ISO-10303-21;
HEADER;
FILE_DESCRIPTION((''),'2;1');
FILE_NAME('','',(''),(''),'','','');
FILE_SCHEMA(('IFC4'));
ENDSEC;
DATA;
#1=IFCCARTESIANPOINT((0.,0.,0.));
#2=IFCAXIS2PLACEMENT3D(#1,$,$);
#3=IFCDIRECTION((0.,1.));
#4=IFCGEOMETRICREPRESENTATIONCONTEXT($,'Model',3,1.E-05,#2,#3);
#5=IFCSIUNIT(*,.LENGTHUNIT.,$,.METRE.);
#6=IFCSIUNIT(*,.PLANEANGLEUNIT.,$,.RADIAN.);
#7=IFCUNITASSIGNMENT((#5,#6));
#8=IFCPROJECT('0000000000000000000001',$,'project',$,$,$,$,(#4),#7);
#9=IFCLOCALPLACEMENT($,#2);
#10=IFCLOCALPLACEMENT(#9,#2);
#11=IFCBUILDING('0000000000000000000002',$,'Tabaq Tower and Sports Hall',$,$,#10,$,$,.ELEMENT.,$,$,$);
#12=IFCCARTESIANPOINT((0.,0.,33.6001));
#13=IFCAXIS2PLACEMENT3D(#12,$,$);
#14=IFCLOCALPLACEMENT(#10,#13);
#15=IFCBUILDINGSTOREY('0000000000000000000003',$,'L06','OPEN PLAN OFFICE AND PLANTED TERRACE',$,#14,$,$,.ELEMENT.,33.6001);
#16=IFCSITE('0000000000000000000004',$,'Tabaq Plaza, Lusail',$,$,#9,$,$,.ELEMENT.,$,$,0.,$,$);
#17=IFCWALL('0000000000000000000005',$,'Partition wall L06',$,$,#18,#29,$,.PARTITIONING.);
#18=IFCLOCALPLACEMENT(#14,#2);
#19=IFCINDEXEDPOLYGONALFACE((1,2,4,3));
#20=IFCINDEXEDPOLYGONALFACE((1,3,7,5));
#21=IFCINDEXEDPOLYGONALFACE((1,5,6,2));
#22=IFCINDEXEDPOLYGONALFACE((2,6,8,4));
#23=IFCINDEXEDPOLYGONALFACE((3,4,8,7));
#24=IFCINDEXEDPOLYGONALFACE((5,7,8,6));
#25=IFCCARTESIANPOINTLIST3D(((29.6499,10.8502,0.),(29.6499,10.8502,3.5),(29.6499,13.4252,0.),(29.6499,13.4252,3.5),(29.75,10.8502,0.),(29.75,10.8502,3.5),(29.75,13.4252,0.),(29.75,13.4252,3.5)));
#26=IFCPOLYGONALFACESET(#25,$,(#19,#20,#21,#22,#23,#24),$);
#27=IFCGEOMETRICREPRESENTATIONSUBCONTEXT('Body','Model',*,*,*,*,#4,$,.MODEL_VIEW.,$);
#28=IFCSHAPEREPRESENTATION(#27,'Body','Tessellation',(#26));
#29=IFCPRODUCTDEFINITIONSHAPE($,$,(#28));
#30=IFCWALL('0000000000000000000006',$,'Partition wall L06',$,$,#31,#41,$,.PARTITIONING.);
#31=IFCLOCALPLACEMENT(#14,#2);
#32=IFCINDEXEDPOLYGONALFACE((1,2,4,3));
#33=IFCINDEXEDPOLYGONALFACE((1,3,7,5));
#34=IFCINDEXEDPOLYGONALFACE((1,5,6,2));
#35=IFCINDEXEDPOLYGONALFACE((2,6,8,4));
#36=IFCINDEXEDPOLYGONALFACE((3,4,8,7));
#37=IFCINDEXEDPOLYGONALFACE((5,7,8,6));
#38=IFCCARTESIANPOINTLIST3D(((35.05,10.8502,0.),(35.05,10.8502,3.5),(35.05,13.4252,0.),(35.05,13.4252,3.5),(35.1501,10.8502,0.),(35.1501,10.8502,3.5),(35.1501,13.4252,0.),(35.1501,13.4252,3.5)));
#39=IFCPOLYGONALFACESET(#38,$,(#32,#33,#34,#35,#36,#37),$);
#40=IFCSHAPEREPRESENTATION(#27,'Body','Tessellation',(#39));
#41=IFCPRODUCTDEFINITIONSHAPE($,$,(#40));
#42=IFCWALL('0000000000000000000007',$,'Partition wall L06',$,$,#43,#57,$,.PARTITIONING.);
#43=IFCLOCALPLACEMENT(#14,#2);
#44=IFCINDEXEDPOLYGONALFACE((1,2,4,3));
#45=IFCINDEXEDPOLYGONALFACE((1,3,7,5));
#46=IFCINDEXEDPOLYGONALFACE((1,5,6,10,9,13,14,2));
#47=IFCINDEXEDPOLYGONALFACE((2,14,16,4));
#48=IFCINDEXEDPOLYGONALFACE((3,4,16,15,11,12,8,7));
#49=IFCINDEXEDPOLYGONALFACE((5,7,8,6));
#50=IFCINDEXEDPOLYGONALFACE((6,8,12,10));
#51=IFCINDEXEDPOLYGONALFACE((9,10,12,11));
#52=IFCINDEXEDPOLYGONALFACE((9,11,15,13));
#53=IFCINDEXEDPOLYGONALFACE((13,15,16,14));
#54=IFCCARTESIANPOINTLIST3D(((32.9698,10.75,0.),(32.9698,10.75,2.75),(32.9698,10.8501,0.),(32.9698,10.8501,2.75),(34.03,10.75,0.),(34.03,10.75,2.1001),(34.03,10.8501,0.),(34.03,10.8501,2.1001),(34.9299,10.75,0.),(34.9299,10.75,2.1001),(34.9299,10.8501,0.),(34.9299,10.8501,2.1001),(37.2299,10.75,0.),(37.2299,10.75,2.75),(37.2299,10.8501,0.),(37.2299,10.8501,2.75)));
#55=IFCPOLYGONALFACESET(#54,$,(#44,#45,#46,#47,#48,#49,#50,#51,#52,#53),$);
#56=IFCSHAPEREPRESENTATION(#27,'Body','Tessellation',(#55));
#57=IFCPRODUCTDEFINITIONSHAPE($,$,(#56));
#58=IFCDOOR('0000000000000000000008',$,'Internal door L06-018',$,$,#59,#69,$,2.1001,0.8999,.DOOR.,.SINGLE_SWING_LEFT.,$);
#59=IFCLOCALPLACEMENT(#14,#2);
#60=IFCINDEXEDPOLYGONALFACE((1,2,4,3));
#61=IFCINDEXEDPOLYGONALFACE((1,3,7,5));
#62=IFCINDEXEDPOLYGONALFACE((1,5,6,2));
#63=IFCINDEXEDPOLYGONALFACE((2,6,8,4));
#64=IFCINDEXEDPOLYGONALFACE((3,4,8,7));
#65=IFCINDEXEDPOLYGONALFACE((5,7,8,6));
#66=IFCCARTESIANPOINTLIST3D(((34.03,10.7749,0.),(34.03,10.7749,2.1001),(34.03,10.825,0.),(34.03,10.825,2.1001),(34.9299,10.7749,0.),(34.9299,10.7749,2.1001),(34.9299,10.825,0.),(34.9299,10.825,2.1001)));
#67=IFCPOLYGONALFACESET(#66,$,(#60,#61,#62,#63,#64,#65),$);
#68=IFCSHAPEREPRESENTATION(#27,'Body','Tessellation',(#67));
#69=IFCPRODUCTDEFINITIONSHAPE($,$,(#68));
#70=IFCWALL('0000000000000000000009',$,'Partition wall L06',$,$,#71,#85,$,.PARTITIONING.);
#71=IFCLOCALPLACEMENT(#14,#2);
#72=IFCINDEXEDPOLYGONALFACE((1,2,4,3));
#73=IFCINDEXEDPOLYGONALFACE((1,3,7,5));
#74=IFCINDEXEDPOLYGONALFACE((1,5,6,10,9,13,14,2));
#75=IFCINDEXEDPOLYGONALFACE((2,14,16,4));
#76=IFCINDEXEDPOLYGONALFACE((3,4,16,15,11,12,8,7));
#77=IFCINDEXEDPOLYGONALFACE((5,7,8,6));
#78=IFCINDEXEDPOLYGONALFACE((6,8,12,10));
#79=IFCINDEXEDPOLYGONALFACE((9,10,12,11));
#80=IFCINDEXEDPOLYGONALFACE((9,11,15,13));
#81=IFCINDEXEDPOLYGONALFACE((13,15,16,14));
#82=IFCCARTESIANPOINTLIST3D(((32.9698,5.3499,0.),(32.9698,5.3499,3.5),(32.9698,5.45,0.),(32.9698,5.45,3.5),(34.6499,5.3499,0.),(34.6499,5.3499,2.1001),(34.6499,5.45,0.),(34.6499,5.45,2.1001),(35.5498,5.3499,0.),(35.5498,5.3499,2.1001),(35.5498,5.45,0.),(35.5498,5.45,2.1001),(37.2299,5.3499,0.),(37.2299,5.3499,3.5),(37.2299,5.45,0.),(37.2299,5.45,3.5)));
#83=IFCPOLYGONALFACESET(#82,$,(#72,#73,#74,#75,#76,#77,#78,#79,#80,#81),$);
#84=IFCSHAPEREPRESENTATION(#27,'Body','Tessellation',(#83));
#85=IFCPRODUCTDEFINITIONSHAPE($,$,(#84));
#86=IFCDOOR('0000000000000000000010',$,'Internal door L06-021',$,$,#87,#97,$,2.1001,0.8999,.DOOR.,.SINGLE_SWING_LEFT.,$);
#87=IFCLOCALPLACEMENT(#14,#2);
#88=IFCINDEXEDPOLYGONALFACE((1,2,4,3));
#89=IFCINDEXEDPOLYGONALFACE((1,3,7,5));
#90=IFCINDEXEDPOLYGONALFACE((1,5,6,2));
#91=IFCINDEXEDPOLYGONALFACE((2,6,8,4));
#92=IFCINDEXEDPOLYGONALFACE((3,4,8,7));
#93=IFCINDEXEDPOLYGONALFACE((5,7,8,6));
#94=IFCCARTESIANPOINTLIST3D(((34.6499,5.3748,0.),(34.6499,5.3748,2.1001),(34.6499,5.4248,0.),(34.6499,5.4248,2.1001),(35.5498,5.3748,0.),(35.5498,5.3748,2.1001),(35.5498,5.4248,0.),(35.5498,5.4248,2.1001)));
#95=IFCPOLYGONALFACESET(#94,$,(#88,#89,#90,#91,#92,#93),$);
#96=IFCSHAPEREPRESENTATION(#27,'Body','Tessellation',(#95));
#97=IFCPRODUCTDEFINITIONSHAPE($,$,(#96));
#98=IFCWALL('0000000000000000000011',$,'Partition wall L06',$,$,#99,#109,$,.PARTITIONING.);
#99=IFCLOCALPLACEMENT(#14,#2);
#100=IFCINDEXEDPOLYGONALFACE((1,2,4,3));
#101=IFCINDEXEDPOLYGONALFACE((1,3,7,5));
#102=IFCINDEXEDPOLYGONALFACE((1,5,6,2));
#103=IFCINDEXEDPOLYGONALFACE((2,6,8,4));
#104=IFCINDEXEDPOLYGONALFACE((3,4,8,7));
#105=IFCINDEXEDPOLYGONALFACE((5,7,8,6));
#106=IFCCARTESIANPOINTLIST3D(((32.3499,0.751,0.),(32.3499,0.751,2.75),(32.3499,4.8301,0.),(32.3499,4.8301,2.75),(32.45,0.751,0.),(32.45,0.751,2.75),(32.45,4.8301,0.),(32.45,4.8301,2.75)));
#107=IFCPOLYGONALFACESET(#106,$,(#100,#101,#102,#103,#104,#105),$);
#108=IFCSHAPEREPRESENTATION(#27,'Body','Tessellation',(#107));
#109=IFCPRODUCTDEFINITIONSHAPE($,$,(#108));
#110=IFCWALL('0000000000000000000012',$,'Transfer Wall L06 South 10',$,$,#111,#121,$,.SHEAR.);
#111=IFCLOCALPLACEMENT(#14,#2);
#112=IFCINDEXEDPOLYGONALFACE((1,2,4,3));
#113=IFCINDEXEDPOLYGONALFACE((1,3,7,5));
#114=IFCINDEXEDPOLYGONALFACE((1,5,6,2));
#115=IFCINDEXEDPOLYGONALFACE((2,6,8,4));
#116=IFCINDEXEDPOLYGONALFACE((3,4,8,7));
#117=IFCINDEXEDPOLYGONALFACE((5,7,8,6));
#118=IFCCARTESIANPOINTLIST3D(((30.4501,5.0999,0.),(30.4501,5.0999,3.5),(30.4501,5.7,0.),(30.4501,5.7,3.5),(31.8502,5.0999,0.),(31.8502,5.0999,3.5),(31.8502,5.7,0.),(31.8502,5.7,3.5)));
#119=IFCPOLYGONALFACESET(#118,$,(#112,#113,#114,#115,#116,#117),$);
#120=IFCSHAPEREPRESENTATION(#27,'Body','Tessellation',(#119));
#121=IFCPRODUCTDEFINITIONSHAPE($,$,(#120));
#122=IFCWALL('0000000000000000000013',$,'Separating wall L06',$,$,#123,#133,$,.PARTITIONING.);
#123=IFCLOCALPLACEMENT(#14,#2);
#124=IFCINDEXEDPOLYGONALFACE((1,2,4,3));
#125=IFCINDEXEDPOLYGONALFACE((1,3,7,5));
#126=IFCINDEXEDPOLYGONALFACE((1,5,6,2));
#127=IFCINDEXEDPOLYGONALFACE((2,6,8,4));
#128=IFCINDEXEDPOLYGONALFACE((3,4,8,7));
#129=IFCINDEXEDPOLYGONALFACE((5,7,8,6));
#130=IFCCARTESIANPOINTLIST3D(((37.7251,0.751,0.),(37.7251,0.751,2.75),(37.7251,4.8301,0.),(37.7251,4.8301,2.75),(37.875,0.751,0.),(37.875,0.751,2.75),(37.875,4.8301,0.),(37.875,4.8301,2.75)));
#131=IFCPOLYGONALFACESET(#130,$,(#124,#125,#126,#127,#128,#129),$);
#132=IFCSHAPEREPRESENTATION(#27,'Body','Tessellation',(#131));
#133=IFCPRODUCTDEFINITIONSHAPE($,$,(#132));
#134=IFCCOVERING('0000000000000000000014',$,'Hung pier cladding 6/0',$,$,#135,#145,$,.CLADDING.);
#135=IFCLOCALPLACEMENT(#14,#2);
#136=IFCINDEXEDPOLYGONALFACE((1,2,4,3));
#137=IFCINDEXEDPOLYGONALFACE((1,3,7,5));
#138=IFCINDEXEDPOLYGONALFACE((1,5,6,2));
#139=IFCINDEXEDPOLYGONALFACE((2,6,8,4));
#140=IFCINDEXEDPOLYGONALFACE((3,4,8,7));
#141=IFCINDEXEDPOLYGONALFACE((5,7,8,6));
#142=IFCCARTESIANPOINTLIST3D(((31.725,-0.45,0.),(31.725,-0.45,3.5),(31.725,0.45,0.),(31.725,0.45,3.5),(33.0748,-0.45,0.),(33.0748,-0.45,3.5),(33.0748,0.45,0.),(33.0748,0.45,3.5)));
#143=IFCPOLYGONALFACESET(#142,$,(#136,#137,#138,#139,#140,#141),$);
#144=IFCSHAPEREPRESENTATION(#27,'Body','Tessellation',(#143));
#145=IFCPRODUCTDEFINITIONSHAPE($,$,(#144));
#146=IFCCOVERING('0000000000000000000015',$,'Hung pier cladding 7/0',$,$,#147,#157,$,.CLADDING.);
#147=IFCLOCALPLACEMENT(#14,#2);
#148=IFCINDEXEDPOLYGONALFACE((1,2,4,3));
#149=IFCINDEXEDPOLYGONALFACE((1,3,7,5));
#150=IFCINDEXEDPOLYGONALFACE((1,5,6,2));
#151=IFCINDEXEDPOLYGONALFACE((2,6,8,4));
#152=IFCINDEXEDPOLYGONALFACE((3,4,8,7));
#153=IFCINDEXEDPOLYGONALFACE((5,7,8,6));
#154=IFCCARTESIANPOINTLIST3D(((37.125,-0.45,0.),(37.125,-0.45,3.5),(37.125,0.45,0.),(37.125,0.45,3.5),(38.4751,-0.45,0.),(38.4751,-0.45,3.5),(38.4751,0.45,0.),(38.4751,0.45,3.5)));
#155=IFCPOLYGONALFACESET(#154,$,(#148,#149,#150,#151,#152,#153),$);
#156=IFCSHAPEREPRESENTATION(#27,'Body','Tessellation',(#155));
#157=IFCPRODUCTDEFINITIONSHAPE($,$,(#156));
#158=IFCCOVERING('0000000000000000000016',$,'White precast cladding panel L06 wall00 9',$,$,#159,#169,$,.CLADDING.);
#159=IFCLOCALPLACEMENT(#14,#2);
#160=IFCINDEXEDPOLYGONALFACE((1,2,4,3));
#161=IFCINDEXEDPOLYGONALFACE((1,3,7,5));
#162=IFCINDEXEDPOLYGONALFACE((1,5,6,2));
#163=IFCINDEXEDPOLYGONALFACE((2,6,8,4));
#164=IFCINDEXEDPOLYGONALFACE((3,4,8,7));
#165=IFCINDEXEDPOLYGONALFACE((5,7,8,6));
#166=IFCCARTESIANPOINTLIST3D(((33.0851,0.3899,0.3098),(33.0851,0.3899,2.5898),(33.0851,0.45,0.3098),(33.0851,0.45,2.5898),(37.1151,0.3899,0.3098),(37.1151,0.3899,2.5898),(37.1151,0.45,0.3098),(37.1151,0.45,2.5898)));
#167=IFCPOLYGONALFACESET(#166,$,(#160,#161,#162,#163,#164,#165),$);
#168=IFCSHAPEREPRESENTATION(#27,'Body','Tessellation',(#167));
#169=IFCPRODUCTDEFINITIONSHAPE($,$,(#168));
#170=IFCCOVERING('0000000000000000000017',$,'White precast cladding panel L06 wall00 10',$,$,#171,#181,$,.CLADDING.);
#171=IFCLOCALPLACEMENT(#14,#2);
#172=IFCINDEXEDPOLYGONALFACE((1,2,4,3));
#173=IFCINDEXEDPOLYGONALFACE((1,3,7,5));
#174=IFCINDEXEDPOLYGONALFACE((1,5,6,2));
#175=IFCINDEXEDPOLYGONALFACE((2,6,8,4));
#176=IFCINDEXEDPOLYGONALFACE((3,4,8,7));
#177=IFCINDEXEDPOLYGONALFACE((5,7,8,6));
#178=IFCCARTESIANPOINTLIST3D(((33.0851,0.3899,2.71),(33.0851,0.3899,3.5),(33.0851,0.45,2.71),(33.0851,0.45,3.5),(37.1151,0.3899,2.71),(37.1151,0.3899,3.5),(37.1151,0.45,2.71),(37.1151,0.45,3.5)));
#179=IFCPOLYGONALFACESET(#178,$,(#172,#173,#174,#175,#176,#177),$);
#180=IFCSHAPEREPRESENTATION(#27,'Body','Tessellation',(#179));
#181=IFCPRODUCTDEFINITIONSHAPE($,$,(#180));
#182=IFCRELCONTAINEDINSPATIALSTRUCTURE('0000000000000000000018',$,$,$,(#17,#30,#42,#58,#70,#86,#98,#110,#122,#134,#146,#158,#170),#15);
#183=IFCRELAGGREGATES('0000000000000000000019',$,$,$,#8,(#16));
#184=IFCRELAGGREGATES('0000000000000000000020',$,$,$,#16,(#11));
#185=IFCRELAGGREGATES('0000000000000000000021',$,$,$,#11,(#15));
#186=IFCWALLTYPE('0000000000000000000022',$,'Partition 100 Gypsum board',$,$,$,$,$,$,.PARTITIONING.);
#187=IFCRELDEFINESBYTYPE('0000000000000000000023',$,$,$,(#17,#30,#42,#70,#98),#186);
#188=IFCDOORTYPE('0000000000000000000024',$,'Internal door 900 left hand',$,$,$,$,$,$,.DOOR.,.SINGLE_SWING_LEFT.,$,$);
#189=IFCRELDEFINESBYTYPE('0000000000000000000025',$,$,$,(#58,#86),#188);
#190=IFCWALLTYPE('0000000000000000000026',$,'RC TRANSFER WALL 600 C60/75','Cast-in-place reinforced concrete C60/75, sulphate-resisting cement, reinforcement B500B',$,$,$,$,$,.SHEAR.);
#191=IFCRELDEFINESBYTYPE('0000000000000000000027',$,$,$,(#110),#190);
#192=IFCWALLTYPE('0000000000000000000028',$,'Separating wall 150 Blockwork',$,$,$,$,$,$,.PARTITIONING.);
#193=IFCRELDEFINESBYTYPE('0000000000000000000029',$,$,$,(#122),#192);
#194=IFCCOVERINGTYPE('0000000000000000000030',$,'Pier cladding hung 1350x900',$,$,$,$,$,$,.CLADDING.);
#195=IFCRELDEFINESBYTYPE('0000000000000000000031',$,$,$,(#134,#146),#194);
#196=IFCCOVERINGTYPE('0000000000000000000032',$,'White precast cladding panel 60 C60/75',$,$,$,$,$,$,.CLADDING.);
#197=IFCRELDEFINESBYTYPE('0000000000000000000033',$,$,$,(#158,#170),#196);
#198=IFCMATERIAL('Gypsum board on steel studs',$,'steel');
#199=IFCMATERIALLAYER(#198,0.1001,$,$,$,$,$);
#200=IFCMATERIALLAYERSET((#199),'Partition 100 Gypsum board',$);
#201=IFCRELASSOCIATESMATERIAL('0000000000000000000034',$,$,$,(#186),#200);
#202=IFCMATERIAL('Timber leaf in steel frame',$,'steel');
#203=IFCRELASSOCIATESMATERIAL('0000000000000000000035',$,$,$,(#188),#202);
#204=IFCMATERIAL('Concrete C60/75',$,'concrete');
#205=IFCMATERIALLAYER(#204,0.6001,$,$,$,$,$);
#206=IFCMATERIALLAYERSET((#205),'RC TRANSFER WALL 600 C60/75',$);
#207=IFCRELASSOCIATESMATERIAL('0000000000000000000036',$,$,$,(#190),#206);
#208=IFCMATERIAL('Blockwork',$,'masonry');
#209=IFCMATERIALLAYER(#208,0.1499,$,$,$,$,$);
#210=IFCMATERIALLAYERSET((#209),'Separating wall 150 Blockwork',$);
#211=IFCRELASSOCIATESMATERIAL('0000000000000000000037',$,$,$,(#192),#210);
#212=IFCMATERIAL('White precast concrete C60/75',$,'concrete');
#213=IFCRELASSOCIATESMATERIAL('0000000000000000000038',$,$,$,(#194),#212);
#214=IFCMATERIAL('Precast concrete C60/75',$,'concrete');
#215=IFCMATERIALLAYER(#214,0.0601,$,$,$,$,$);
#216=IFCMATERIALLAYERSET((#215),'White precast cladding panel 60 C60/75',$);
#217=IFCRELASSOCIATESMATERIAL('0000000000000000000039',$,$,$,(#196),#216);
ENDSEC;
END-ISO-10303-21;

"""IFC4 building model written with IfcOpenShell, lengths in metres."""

from ifc_helpers import new_model, si_unit, direction, frame, frame_2d, origin, place, context, subcontext, project, spatial, rectangle, extrude, material, layer, layer_set, type_object, element, fill, save


model = new_model("IFC4")

# Units and contexts
model_context = context("Model", 3, precision=1e-05, world=origin(), true_north=direction((0.0, 1.0)))
body_context = subcontext(model_context, "Body", "Model", "MODEL_VIEW")
ifc_project = project(units=[si_unit("LENGTHUNIT", "METRE"), si_unit("PLANEANGLEUNIT", "RADIAN")], contexts=[model_context])

# Site, building, storey
site_placement = place(None, origin())
site = spatial("IfcSite", under=ifc_project, at=site_placement, Name="Tabaq Plaza, Lusail", CompositionType="ELEMENT", RefElevation=0.0)
building_placement = place(site_placement, origin())
building = spatial("IfcBuilding", under=site, at=building_placement, Name="Tabaq Tower and Sports Hall", CompositionType="ELEMENT")
storey_placement = place(building_placement, frame((0.0, 0.0, 33.6001)))
storey = spatial("IfcBuildingStorey", under=building, at=storey_placement, Name="L06", Description="OPEN PLAN OFFICE AND PLANTED TERRACE", CompositionType="ELEMENT", Elevation=33.6001)

# Walls
ifc_material_1 = material(Name="Gypsum board on steel studs", Category="steel")
ifc_layer_1 = layer(ifc_material_1, 0.1001)
ifc_layer_set_1 = layer_set([ifc_layer_1], Name="Partition 100 Gypsum board")
wall_type_1 = type_object("IfcWallType", Name="Partition 100 Gypsum board", PredefinedType="PARTITIONING", material=ifc_layer_set_1)
for number, where, z_axis, x_axis, name in (
    (1, (29.7, 10.8501, 0.0), (0.0, 0.0, 1.0), (0.0, 1.0, 0.0), "Partition wall L06"),
    (2, (35.1001, 10.8501, 0.0), (0.0, 0.0, 1.0), (0.0, 1.0, 0.0), "Partition wall L06"),
):
    element("IfcWall", number, at=place(storey_placement, frame(where, z_axis=z_axis, x_axis=x_axis)), inside=storey, type_object=wall_type_1, Name=name, PredefinedType="PARTITIONING", context=body_context, shape_type="SweptSolid", body=[
        extrude(rectangle(XDim=2.575, YDim=0.1001, at=frame_2d((1.2876, 0.0))), origin(), (0.0, 0.0, 1.0), 3.5),
    ])

# Walls, openings, doors
wall_1_placement = place(storey_placement, frame((32.97, 10.8, 0.0), z_axis=(0.0, 0.0, 1.0), x_axis=(1.0, 0.0, 0.0)))
wall_1 = element("IfcWall", 3, at=wall_1_placement, inside=storey, type_object=wall_type_1, Name="Partition wall L06", PredefinedType="PARTITIONING", context=body_context, shape_type="SweptSolid", body=[
    extrude(rectangle(XDim=4.26, YDim=0.1001, at=frame_2d((2.1299, 0.0))), origin(), (0.0, 0.0, 1.0), 2.75),
])
opening_1_placement = place(wall_1_placement, frame((1.0601, 0.0, 0.0)))
opening_1 = element("IfcOpeningElement", 4, at=opening_1_placement, cuts=wall_1, PredefinedType="OPENING", context=body_context, shape_type="SweptSolid", body=[
    extrude(rectangle(XDim=0.8999, YDim=2.1001, at=frame_2d((0.45, 1.05))), frame((0.0, 0.05, 0.0), z_axis=(0.0, -1.0, 0.0), x_axis=(1.0, 0.0, 0.0)), (0.0, 0.0, 1.0), 0.1001),
])
ifc_material_2 = material(Name="Timber leaf in steel frame", Category="steel")
door_type = type_object("IfcDoorType", Name="Internal door 900 left hand", OperationType="SINGLE_SWING_LEFT", PredefinedType="DOOR", material=ifc_material_2)
door_1_placement = place(opening_1_placement, origin())
door_1 = element("IfcDoor", 5, at=door_1_placement, inside=storey, type_object=door_type, Name="Internal door L06-018", OperationType="SINGLE_SWING_LEFT", OverallHeight=2.1001, OverallWidth=0.8999, PredefinedType="DOOR", context=body_context, shape_type="SweptSolid", body=[
    extrude(rectangle(XDim=0.8999, YDim=2.1001, at=frame_2d((0.45, 1.05))), frame((0.0, 0.0249, 0.0), z_axis=(0.0, -1.0, 0.0), x_axis=(1.0, 0.0, 0.0)), (0.0, 0.0, 1.0), 0.05),
])
fill(opening_1, door_1)
wall_2_placement = place(storey_placement, frame((32.97, 5.3999, 0.0), z_axis=(0.0, 0.0, 1.0), x_axis=(1.0, 0.0, 0.0)))
wall_2 = element("IfcWall", 6, at=wall_2_placement, inside=storey, type_object=wall_type_1, Name="Partition wall L06", PredefinedType="PARTITIONING", context=body_context, shape_type="SweptSolid", body=[
    extrude(rectangle(XDim=4.26, YDim=0.1001, at=frame_2d((2.1299, 0.0))), origin(), (0.0, 0.0, 1.0), 3.5),
])
opening_2_placement = place(wall_2_placement, frame((1.6799, 0.0, 0.0)))
opening_2 = element("IfcOpeningElement", 7, at=opening_2_placement, cuts=wall_2, PredefinedType="OPENING", context=body_context, shape_type="SweptSolid", body=[
    extrude(rectangle(XDim=0.8999, YDim=2.1001, at=frame_2d((0.45, 1.05))), frame((0.0, 0.05, 0.0), z_axis=(0.0, -1.0, 0.0), x_axis=(1.0, 0.0, 0.0)), (0.0, 0.0, 1.0), 0.1001),
])
door_2_placement = place(opening_2_placement, origin())
door_2 = element("IfcDoor", 8, at=door_2_placement, inside=storey, type_object=door_type, Name="Internal door L06-021", OperationType="SINGLE_SWING_LEFT", OverallHeight=2.1001, OverallWidth=0.8999, PredefinedType="DOOR", context=body_context, shape_type="SweptSolid", body=[
    extrude(rectangle(XDim=0.8999, YDim=2.1001, at=frame_2d((0.45, 1.05))), frame((0.0, 0.0249, 0.0), z_axis=(0.0, -1.0, 0.0), x_axis=(1.0, 0.0, 0.0)), (0.0, 0.0, 1.0), 0.05),
])
fill(opening_2, door_2)

# Walls
wall_3_placement = place(storey_placement, frame((32.3999, 4.8301, 0.0), z_axis=(0.0, 0.0, 1.0), x_axis=(0.0, -1.0, 0.0)))
element("IfcWall", 9, at=wall_3_placement, inside=storey, type_object=wall_type_1, Name="Partition wall L06", PredefinedType="PARTITIONING", context=body_context, shape_type="SweptSolid", body=[
    extrude(rectangle(XDim=4.0791, YDim=0.1001, at=frame_2d((2.0396, 0.0))), origin(), (0.0, 0.0, 1.0), 2.75),
])
ifc_material_3 = material(Name="Concrete C60/75", Category="concrete")
ifc_layer_2 = layer(ifc_material_3, 0.6001)
ifc_layer_set_2 = layer_set([ifc_layer_2], Name="RC TRANSFER WALL 600 C60/75")
wall_type_2 = type_object("IfcWallType", Name="RC TRANSFER WALL 600 C60/75", Description="Cast-in-place reinforced concrete C60/75, sulphate-resisting cement, reinforcement B500B", PredefinedType="SHEAR", material=ifc_layer_set_2)
wall_4_placement = place(storey_placement, frame((30.45, 5.3999, 0.0), z_axis=(0.0, 0.0, 1.0), x_axis=(1.0, 0.0, 0.0)))
element("IfcWall", 10, at=wall_4_placement, inside=storey, type_object=wall_type_2, Name="Transfer Wall L06 South 10", PredefinedType="SHEAR", context=body_context, shape_type="SweptSolid", body=[
    extrude(rectangle(XDim=1.4001, YDim=0.6001, at=frame_2d((0.7002, 0.0))), origin(), (0.0, 0.0, 1.0), 3.5),
])
ifc_material_4 = material(Name="Blockwork", Category="masonry")
ifc_layer_3 = layer(ifc_material_4, 0.1499)
ifc_layer_set_3 = layer_set([ifc_layer_3], Name="Separating wall 150 Blockwork")
wall_type_3 = type_object("IfcWallType", Name="Separating wall 150 Blockwork", PredefinedType="PARTITIONING", material=ifc_layer_set_3)
wall_5_placement = place(storey_placement, frame((37.8, 4.8301, 0.0), z_axis=(0.0, 0.0, 1.0), x_axis=(0.0, -1.0, 0.0)))
element("IfcWall", 11, at=wall_5_placement, inside=storey, type_object=wall_type_3, Name="Separating wall L06", PredefinedType="PARTITIONING", context=body_context, shape_type="SweptSolid", body=[
    extrude(rectangle(XDim=4.0791, YDim=0.1499, at=frame_2d((2.0396, 0.0))), origin(), (0.0, 0.0, 1.0), 2.75),
])

# Coverings
ifc_material_5 = material(Name="White precast concrete C60/75", Category="concrete")
covering_type_1 = type_object("IfcCoveringType", Name="Pier cladding hung 1350x900", PredefinedType="CLADDING", material=ifc_material_5)
covering_1_placement = place(storey_placement, frame((31.7251, 0.0, 0.0), z_axis=(0.0, 0.0, 1.0), x_axis=(1.0, 0.0, 0.0)))
element("IfcCovering", 12, at=covering_1_placement, inside=storey, type_object=covering_type_1, Name="Hung pier cladding 6/0", PredefinedType="CLADDING", context=body_context, shape_type="SweptSolid", body=[
    extrude(rectangle(XDim=1.3499, YDim=0.8999, at=frame_2d((0.6748, 0.0))), origin(), (0.0, 0.0, 1.0), 3.5),
])
covering_2_placement = place(storey_placement, frame((37.125, 0.0, 0.0), z_axis=(0.0, 0.0, 1.0), x_axis=(1.0, 0.0, 0.0)))
element("IfcCovering", 13, at=covering_2_placement, inside=storey, type_object=covering_type_1, Name="Hung pier cladding 7/0", PredefinedType="CLADDING", context=body_context, shape_type="SweptSolid", body=[
    extrude(rectangle(XDim=1.3501, YDim=0.8999, at=frame_2d((0.675, 0.0))), origin(), (0.0, 0.0, 1.0), 3.5),
])
ifc_material_6 = material(Name="Precast concrete C60/75", Category="concrete")
ifc_layer_4 = layer(ifc_material_6, 0.0601)
ifc_layer_set_4 = layer_set([ifc_layer_4], Name="White precast cladding panel 60 C60/75")
covering_type_2 = type_object("IfcCoveringType", Name="White precast cladding panel 60 C60/75", PredefinedType="CLADDING", material=ifc_layer_set_4)
covering_3_placement = place(storey_placement, frame((33.085, 0.4199, 0.3098), z_axis=(0.0, 0.0, 1.0), x_axis=(1.0, 0.0, 0.0)))
element("IfcCovering", 14, at=covering_3_placement, inside=storey, type_object=covering_type_2, Name="White precast cladding panel L06 wall00 9", PredefinedType="CLADDING", context=body_context, shape_type="SweptSolid", body=[
    extrude(rectangle(XDim=4.03, YDim=0.0601, at=frame_2d((2.0151, 0.0))), origin(), (0.0, 0.0, 1.0), 2.28),
])
covering_4_placement = place(storey_placement, frame((33.085, 0.4199, 2.71), z_axis=(0.0, 0.0, 1.0), x_axis=(1.0, 0.0, 0.0)))
element("IfcCovering", 15, at=covering_4_placement, inside=storey, type_object=covering_type_2, Name="White precast cladding panel L06 wall00 10", PredefinedType="CLADDING", context=body_context, shape_type="SweptSolid", body=[
    extrude(rectangle(XDim=4.03, YDim=0.0601, at=frame_2d((2.0151, 0.0))), origin(), (0.0, 0.0, 1.0), 0.79),
])

save(model, "model.ifc")
